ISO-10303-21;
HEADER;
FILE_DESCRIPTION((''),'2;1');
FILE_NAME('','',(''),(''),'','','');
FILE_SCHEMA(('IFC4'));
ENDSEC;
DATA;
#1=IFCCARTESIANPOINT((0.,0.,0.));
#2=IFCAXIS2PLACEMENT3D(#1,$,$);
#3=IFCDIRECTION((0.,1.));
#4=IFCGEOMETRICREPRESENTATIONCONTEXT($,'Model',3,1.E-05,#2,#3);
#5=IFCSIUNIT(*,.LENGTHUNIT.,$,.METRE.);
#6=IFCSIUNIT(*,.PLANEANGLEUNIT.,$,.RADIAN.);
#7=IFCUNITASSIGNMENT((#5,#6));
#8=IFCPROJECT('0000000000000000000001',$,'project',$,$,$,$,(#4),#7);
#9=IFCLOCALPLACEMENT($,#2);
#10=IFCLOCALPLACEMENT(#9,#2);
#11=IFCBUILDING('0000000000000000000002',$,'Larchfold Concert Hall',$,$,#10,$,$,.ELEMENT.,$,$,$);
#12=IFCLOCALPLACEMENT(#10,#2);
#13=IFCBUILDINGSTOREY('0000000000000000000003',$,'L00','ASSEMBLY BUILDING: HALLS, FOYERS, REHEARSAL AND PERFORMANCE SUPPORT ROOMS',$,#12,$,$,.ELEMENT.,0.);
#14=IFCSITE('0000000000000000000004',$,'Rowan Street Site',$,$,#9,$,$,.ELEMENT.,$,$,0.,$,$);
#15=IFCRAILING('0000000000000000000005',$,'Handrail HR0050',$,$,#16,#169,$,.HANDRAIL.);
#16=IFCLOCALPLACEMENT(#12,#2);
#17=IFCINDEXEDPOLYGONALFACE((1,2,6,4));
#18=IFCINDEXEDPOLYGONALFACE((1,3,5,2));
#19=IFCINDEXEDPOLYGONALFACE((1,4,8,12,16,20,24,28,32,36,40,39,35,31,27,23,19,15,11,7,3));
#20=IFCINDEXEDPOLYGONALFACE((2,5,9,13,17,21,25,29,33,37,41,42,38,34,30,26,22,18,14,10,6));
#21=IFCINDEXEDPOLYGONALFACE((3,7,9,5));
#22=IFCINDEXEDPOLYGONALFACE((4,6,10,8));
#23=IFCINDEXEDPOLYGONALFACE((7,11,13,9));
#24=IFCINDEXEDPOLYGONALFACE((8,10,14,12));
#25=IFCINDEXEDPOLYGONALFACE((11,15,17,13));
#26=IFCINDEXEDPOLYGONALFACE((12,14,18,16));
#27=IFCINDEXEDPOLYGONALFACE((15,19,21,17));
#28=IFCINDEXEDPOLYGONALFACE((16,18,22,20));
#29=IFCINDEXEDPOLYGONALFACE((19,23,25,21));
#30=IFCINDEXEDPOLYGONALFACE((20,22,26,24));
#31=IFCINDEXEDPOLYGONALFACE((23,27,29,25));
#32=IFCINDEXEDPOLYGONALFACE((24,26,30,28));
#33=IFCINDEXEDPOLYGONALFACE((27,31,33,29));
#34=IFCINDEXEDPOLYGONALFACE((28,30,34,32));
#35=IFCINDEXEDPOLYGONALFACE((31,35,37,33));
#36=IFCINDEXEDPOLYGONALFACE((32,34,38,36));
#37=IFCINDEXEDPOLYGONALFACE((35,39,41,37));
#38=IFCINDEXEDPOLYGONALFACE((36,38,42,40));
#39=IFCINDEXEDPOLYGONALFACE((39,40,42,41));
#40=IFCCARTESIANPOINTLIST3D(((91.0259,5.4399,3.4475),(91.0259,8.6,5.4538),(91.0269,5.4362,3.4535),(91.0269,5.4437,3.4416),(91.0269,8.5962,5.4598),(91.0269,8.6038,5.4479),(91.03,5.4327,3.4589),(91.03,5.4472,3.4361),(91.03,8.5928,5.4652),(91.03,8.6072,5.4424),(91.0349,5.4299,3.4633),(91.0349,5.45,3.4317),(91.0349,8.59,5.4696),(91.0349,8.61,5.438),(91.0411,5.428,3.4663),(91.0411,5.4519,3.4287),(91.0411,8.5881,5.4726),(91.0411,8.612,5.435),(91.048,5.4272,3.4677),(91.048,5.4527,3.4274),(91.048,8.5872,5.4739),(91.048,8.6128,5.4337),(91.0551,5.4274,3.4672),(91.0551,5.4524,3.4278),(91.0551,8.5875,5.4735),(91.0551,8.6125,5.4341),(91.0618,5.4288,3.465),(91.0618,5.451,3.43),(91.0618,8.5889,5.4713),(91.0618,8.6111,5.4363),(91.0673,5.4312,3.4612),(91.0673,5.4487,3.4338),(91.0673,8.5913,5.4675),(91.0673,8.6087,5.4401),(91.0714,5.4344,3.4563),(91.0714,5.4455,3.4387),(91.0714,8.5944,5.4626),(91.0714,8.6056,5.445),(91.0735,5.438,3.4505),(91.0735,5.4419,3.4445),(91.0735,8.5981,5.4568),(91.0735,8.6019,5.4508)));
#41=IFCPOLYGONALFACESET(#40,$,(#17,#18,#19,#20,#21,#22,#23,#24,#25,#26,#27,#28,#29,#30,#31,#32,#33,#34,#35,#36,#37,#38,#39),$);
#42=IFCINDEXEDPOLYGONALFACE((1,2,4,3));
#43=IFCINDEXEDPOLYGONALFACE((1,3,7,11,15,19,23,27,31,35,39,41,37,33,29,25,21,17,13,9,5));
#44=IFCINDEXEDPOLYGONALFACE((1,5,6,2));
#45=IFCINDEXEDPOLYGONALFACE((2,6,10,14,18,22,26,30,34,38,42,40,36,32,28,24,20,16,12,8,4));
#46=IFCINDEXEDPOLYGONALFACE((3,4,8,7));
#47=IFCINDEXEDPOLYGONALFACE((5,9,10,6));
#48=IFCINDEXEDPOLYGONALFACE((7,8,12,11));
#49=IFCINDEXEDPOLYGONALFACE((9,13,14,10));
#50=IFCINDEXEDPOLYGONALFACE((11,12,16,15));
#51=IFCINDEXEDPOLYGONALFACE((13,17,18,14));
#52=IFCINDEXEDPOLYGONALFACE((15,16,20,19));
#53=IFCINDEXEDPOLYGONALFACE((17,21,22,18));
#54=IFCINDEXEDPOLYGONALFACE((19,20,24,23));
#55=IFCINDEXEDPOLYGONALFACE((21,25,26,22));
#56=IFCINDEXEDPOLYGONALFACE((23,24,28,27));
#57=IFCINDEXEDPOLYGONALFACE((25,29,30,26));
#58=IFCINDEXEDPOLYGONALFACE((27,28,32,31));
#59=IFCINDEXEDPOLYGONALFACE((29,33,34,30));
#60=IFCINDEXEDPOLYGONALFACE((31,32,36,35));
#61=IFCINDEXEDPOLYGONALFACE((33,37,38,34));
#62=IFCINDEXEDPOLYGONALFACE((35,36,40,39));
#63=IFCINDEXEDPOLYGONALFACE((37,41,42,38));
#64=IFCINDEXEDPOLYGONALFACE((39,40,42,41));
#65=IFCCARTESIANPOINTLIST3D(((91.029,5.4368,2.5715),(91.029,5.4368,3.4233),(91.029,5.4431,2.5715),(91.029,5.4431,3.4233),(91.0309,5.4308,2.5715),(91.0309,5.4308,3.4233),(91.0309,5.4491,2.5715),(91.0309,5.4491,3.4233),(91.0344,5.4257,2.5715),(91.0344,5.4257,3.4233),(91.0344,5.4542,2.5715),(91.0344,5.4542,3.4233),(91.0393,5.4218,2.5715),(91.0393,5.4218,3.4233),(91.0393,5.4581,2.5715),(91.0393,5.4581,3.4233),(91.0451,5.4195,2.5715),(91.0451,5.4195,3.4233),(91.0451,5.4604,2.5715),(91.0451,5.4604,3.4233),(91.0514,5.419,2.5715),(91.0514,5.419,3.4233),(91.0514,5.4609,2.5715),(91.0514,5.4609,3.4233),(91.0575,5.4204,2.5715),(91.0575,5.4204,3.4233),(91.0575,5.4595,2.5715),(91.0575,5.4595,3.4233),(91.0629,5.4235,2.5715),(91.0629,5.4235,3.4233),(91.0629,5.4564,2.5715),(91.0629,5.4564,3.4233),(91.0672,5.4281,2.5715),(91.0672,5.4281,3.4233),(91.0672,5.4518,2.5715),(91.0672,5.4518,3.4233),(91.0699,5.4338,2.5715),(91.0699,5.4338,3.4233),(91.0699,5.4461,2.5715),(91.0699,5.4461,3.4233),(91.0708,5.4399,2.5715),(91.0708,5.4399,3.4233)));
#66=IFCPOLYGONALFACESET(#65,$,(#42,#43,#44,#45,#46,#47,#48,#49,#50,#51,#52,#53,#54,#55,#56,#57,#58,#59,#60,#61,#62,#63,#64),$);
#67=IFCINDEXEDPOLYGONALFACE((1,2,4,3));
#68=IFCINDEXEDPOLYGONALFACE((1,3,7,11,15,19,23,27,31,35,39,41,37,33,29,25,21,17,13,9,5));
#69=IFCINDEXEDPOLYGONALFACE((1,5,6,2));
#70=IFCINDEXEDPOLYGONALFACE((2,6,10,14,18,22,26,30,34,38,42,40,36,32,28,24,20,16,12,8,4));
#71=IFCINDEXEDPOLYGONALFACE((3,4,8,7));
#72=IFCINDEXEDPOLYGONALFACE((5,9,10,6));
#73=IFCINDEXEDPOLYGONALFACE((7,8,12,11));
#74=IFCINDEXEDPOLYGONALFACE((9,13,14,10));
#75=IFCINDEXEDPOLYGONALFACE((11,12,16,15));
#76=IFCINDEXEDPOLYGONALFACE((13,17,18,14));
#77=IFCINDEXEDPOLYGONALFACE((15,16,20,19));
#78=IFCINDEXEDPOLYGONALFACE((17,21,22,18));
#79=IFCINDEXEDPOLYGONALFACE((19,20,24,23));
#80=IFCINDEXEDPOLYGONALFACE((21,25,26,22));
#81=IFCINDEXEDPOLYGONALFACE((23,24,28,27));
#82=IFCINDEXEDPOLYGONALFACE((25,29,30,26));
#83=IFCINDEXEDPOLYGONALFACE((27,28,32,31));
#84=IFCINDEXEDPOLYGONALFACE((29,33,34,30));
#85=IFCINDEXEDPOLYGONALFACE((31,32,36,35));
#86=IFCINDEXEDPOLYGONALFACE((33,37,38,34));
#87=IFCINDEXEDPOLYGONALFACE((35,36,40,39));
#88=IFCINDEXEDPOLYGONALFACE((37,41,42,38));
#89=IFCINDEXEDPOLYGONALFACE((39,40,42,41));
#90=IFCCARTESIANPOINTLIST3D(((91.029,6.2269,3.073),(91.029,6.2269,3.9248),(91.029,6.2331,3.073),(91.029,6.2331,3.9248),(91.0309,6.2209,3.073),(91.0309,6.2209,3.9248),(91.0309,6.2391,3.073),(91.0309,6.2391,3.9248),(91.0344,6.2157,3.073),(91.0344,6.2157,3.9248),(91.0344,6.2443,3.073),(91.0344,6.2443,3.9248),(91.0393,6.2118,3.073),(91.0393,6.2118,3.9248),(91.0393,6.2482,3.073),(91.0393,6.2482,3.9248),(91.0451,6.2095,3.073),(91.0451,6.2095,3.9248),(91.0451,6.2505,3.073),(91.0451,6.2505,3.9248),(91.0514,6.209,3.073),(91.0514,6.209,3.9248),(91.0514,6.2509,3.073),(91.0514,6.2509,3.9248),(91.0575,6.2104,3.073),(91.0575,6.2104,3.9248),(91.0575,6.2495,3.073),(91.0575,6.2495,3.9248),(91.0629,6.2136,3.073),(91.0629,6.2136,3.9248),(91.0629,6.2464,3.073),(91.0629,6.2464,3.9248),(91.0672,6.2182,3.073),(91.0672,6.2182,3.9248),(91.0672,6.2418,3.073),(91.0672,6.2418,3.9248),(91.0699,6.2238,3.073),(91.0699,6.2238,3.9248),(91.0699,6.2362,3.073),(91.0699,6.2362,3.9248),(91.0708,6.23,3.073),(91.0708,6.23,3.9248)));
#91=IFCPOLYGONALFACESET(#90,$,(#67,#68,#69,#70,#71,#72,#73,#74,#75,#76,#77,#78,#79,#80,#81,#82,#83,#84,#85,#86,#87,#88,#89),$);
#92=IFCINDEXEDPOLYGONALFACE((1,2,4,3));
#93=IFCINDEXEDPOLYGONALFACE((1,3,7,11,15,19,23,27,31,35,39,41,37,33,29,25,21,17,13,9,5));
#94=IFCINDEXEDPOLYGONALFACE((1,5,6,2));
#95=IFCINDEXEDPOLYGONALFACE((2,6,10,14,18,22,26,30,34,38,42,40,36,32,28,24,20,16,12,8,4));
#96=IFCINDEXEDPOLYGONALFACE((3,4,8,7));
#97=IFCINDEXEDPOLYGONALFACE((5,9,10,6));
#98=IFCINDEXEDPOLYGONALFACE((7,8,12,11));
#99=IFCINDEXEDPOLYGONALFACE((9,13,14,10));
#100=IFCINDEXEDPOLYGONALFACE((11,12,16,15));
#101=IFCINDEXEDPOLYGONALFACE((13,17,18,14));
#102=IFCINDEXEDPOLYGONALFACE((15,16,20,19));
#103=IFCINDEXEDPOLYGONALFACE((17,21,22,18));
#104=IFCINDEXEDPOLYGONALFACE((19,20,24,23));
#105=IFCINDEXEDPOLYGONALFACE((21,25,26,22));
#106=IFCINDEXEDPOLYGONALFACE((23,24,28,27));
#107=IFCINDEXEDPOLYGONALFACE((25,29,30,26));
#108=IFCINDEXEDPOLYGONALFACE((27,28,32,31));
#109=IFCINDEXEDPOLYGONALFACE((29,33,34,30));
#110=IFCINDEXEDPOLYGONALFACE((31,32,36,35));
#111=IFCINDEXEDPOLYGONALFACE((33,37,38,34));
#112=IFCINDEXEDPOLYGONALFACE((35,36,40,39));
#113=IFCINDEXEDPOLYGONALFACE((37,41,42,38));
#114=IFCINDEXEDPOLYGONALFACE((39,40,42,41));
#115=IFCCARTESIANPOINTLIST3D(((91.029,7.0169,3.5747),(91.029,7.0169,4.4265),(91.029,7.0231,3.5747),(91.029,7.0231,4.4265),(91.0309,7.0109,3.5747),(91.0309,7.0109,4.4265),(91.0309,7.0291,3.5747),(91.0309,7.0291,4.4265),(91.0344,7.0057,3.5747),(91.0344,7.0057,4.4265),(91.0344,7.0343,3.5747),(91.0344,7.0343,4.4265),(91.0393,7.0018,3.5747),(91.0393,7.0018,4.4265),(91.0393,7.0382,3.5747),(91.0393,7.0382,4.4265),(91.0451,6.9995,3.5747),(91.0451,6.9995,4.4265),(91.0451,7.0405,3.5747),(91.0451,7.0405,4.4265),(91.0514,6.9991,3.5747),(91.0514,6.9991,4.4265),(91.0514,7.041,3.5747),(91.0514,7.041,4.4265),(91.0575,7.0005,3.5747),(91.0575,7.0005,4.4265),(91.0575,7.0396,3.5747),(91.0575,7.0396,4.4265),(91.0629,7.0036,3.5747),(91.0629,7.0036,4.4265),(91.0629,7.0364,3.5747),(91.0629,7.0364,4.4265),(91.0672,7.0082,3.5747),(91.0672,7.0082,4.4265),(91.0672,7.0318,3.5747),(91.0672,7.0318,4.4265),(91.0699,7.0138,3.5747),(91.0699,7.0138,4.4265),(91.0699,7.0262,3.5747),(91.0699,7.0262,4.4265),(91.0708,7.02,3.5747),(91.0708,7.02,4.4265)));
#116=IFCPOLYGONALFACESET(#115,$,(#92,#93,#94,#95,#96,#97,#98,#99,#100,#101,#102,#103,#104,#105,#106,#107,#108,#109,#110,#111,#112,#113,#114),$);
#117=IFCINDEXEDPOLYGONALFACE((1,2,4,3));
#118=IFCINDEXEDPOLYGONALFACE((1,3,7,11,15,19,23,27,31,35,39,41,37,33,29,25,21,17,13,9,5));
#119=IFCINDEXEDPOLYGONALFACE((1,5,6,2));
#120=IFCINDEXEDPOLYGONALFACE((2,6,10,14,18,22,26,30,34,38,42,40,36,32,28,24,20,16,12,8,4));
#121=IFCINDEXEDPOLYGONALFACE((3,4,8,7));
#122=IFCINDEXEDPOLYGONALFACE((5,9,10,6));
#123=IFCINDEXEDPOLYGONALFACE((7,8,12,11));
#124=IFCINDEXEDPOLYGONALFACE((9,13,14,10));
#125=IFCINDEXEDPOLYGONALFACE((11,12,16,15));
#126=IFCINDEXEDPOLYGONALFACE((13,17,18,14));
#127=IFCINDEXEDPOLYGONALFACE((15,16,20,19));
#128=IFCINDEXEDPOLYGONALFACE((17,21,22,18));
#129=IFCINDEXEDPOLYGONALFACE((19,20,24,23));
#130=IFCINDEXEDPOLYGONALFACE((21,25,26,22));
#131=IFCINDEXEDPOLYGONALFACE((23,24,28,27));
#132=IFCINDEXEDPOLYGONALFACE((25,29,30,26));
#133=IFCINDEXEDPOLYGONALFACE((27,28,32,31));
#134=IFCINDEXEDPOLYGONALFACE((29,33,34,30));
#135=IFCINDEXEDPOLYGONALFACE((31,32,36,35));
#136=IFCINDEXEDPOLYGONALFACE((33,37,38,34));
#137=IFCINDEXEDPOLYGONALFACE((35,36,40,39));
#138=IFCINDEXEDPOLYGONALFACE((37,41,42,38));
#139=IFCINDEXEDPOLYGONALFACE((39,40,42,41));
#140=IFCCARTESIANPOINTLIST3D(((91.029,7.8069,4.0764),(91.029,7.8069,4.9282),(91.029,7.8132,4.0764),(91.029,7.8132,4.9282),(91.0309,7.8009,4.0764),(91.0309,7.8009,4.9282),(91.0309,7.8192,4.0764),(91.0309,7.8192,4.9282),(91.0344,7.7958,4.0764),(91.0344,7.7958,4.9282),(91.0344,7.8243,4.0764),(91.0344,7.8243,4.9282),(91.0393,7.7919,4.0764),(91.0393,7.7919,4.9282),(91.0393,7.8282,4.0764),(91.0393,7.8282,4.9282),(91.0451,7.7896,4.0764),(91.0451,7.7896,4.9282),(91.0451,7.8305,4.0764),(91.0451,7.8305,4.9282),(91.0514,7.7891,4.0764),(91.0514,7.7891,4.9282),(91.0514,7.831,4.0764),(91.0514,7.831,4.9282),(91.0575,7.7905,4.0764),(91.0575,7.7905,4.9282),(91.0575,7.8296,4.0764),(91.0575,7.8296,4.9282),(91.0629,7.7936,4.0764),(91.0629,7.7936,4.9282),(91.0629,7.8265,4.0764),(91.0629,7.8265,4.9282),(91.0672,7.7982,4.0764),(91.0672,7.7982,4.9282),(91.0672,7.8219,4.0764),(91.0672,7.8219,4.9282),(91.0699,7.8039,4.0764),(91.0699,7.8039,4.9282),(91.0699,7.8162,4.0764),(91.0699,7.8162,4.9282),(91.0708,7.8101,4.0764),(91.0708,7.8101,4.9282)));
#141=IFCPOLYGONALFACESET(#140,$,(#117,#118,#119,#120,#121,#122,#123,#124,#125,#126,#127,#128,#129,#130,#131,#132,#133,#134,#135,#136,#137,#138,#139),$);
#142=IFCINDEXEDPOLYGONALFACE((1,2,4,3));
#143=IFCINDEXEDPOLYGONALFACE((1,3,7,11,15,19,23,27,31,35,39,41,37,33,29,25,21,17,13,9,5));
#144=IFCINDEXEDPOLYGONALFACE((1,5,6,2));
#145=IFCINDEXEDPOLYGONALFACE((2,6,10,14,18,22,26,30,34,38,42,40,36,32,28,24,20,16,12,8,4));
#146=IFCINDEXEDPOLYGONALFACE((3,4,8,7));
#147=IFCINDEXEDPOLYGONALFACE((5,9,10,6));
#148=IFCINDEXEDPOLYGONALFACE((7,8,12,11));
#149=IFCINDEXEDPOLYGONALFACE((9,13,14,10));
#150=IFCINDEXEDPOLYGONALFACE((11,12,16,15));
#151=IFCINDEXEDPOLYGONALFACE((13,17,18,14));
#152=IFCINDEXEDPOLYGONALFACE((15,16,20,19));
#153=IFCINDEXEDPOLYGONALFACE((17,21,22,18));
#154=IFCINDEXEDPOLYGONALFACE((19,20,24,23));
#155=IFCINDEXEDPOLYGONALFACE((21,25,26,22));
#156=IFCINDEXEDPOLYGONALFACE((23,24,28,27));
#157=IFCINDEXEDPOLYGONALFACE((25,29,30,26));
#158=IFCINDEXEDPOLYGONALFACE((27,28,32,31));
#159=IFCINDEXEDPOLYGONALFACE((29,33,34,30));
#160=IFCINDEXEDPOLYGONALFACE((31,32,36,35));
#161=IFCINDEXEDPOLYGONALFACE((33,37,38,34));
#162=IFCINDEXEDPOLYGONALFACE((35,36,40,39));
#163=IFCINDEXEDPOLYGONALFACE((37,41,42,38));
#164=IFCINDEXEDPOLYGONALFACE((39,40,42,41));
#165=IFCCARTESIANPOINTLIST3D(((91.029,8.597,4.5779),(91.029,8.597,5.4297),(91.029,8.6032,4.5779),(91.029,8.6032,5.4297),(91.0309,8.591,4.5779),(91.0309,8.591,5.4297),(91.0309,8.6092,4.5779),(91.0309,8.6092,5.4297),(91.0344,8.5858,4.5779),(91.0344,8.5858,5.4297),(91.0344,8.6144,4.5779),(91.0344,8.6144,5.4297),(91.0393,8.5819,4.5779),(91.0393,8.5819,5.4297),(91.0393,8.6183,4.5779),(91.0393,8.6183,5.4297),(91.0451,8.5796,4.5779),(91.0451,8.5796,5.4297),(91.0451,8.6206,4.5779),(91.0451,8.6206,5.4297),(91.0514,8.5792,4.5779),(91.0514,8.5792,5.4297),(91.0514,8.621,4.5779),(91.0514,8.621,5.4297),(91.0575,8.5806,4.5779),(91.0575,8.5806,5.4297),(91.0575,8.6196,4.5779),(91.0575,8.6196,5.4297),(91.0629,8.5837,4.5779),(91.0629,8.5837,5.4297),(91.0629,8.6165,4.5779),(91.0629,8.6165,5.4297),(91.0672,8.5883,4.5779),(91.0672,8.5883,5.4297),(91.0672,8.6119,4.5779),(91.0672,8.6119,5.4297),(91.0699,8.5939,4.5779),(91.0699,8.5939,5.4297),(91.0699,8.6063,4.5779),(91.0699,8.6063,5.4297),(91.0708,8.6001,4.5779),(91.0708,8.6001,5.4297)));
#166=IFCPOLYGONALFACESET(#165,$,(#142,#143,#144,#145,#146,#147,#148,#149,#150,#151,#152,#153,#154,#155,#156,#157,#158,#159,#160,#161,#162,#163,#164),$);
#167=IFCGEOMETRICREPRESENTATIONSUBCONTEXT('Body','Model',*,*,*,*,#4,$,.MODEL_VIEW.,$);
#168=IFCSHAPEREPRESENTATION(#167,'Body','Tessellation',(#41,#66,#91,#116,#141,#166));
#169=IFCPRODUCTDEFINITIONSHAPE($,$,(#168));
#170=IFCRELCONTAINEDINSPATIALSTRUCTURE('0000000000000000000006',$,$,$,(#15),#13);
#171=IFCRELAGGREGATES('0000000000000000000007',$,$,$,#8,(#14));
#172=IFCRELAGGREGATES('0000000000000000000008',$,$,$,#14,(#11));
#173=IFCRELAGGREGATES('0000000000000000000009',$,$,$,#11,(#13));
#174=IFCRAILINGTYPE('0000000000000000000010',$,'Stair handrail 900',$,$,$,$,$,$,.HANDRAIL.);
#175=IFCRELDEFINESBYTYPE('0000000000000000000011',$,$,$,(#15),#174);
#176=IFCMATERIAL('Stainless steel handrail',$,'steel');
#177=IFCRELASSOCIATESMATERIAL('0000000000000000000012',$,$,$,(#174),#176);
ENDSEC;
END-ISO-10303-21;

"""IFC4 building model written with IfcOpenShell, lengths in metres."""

from ifc_helpers import new_model, si_unit, direction, frame, origin, origin_2d, place, context, subcontext, project, spatial, circle, extrude, material, type_object, element, save


model = new_model("IFC4")

# Units and contexts
model_context = context("Model", 3, precision=1e-05, world=origin(), true_north=direction((0.0, 1.0)))
body_context = subcontext(model_context, "Body", "Model", "MODEL_VIEW")
ifc_project = project(units=[si_unit("LENGTHUNIT", "METRE"), si_unit("PLANEANGLEUNIT", "RADIAN")], contexts=[model_context])

# Site, building, storey
site_placement = place(None, origin())
site = spatial("IfcSite", under=ifc_project, at=site_placement, Name="Rowan Street Site", CompositionType="ELEMENT", RefElevation=0.0)
building_placement = place(site_placement, origin())
building = spatial("IfcBuilding", under=site, at=building_placement, Name="Larchfold Concert Hall", CompositionType="ELEMENT")
storey_placement = place(building_placement, origin())
storey = spatial("IfcBuildingStorey", under=building, at=storey_placement, Name="L00", Description="ASSEMBLY BUILDING: HALLS, FOYERS, REHEARSAL AND PERFORMANCE SUPPORT ROOMS", CompositionType="ELEMENT", Elevation=0.0)

# Railing
ifc_material_1 = material(Name="Stainless steel handrail", Category="steel")
railing_type_1 = type_object("IfcRailingType", Name="Stair handrail 900", PredefinedType="HANDRAIL", material=ifc_material_1)
railing_1_placement = place(storey_placement, frame((91.0498, 5.4399, 2.5715)))
element("IfcRailing", 1, at=railing_1_placement, inside=storey, type_object=railing_type_1, Name="Handrail HR0050", PredefinedType="HANDRAIL", context=body_context, shape_type="SweptSolid", body=[
    extrude(circle(Radius=0.0239, at=origin_2d()), frame((0.0, 0.0, 0.876), z_axis=(0.0, 0.844225, 0.535989), x_axis=(-1.0, 0.0, 0.0)), (0.0, 0.0, 1.0), 3.7432),
    extrude(circle(Radius=0.021, at=origin_2d()), origin(), (0.0, 0.0, 1.0), 0.8518),
    extrude(circle(Radius=0.021, at=origin_2d()), frame((0.0, 0.79, 0.5015)), (0.0, 0.0, 1.0), 0.8518),
    extrude(circle(Radius=0.021, at=origin_2d()), frame((0.0, 1.5801, 1.0032)), (0.0, 0.0, 1.0), 0.8518),
    extrude(circle(Radius=0.021, at=origin_2d()), frame((0.0, 2.3701, 1.5049)), (0.0, 0.0, 1.0), 0.8518),
    extrude(circle(Radius=0.021, at=origin_2d()), frame((0.0, 3.1602, 2.0063)), (0.0, 0.0, 1.0), 0.8518),
])

save(model, "model.ifc")
